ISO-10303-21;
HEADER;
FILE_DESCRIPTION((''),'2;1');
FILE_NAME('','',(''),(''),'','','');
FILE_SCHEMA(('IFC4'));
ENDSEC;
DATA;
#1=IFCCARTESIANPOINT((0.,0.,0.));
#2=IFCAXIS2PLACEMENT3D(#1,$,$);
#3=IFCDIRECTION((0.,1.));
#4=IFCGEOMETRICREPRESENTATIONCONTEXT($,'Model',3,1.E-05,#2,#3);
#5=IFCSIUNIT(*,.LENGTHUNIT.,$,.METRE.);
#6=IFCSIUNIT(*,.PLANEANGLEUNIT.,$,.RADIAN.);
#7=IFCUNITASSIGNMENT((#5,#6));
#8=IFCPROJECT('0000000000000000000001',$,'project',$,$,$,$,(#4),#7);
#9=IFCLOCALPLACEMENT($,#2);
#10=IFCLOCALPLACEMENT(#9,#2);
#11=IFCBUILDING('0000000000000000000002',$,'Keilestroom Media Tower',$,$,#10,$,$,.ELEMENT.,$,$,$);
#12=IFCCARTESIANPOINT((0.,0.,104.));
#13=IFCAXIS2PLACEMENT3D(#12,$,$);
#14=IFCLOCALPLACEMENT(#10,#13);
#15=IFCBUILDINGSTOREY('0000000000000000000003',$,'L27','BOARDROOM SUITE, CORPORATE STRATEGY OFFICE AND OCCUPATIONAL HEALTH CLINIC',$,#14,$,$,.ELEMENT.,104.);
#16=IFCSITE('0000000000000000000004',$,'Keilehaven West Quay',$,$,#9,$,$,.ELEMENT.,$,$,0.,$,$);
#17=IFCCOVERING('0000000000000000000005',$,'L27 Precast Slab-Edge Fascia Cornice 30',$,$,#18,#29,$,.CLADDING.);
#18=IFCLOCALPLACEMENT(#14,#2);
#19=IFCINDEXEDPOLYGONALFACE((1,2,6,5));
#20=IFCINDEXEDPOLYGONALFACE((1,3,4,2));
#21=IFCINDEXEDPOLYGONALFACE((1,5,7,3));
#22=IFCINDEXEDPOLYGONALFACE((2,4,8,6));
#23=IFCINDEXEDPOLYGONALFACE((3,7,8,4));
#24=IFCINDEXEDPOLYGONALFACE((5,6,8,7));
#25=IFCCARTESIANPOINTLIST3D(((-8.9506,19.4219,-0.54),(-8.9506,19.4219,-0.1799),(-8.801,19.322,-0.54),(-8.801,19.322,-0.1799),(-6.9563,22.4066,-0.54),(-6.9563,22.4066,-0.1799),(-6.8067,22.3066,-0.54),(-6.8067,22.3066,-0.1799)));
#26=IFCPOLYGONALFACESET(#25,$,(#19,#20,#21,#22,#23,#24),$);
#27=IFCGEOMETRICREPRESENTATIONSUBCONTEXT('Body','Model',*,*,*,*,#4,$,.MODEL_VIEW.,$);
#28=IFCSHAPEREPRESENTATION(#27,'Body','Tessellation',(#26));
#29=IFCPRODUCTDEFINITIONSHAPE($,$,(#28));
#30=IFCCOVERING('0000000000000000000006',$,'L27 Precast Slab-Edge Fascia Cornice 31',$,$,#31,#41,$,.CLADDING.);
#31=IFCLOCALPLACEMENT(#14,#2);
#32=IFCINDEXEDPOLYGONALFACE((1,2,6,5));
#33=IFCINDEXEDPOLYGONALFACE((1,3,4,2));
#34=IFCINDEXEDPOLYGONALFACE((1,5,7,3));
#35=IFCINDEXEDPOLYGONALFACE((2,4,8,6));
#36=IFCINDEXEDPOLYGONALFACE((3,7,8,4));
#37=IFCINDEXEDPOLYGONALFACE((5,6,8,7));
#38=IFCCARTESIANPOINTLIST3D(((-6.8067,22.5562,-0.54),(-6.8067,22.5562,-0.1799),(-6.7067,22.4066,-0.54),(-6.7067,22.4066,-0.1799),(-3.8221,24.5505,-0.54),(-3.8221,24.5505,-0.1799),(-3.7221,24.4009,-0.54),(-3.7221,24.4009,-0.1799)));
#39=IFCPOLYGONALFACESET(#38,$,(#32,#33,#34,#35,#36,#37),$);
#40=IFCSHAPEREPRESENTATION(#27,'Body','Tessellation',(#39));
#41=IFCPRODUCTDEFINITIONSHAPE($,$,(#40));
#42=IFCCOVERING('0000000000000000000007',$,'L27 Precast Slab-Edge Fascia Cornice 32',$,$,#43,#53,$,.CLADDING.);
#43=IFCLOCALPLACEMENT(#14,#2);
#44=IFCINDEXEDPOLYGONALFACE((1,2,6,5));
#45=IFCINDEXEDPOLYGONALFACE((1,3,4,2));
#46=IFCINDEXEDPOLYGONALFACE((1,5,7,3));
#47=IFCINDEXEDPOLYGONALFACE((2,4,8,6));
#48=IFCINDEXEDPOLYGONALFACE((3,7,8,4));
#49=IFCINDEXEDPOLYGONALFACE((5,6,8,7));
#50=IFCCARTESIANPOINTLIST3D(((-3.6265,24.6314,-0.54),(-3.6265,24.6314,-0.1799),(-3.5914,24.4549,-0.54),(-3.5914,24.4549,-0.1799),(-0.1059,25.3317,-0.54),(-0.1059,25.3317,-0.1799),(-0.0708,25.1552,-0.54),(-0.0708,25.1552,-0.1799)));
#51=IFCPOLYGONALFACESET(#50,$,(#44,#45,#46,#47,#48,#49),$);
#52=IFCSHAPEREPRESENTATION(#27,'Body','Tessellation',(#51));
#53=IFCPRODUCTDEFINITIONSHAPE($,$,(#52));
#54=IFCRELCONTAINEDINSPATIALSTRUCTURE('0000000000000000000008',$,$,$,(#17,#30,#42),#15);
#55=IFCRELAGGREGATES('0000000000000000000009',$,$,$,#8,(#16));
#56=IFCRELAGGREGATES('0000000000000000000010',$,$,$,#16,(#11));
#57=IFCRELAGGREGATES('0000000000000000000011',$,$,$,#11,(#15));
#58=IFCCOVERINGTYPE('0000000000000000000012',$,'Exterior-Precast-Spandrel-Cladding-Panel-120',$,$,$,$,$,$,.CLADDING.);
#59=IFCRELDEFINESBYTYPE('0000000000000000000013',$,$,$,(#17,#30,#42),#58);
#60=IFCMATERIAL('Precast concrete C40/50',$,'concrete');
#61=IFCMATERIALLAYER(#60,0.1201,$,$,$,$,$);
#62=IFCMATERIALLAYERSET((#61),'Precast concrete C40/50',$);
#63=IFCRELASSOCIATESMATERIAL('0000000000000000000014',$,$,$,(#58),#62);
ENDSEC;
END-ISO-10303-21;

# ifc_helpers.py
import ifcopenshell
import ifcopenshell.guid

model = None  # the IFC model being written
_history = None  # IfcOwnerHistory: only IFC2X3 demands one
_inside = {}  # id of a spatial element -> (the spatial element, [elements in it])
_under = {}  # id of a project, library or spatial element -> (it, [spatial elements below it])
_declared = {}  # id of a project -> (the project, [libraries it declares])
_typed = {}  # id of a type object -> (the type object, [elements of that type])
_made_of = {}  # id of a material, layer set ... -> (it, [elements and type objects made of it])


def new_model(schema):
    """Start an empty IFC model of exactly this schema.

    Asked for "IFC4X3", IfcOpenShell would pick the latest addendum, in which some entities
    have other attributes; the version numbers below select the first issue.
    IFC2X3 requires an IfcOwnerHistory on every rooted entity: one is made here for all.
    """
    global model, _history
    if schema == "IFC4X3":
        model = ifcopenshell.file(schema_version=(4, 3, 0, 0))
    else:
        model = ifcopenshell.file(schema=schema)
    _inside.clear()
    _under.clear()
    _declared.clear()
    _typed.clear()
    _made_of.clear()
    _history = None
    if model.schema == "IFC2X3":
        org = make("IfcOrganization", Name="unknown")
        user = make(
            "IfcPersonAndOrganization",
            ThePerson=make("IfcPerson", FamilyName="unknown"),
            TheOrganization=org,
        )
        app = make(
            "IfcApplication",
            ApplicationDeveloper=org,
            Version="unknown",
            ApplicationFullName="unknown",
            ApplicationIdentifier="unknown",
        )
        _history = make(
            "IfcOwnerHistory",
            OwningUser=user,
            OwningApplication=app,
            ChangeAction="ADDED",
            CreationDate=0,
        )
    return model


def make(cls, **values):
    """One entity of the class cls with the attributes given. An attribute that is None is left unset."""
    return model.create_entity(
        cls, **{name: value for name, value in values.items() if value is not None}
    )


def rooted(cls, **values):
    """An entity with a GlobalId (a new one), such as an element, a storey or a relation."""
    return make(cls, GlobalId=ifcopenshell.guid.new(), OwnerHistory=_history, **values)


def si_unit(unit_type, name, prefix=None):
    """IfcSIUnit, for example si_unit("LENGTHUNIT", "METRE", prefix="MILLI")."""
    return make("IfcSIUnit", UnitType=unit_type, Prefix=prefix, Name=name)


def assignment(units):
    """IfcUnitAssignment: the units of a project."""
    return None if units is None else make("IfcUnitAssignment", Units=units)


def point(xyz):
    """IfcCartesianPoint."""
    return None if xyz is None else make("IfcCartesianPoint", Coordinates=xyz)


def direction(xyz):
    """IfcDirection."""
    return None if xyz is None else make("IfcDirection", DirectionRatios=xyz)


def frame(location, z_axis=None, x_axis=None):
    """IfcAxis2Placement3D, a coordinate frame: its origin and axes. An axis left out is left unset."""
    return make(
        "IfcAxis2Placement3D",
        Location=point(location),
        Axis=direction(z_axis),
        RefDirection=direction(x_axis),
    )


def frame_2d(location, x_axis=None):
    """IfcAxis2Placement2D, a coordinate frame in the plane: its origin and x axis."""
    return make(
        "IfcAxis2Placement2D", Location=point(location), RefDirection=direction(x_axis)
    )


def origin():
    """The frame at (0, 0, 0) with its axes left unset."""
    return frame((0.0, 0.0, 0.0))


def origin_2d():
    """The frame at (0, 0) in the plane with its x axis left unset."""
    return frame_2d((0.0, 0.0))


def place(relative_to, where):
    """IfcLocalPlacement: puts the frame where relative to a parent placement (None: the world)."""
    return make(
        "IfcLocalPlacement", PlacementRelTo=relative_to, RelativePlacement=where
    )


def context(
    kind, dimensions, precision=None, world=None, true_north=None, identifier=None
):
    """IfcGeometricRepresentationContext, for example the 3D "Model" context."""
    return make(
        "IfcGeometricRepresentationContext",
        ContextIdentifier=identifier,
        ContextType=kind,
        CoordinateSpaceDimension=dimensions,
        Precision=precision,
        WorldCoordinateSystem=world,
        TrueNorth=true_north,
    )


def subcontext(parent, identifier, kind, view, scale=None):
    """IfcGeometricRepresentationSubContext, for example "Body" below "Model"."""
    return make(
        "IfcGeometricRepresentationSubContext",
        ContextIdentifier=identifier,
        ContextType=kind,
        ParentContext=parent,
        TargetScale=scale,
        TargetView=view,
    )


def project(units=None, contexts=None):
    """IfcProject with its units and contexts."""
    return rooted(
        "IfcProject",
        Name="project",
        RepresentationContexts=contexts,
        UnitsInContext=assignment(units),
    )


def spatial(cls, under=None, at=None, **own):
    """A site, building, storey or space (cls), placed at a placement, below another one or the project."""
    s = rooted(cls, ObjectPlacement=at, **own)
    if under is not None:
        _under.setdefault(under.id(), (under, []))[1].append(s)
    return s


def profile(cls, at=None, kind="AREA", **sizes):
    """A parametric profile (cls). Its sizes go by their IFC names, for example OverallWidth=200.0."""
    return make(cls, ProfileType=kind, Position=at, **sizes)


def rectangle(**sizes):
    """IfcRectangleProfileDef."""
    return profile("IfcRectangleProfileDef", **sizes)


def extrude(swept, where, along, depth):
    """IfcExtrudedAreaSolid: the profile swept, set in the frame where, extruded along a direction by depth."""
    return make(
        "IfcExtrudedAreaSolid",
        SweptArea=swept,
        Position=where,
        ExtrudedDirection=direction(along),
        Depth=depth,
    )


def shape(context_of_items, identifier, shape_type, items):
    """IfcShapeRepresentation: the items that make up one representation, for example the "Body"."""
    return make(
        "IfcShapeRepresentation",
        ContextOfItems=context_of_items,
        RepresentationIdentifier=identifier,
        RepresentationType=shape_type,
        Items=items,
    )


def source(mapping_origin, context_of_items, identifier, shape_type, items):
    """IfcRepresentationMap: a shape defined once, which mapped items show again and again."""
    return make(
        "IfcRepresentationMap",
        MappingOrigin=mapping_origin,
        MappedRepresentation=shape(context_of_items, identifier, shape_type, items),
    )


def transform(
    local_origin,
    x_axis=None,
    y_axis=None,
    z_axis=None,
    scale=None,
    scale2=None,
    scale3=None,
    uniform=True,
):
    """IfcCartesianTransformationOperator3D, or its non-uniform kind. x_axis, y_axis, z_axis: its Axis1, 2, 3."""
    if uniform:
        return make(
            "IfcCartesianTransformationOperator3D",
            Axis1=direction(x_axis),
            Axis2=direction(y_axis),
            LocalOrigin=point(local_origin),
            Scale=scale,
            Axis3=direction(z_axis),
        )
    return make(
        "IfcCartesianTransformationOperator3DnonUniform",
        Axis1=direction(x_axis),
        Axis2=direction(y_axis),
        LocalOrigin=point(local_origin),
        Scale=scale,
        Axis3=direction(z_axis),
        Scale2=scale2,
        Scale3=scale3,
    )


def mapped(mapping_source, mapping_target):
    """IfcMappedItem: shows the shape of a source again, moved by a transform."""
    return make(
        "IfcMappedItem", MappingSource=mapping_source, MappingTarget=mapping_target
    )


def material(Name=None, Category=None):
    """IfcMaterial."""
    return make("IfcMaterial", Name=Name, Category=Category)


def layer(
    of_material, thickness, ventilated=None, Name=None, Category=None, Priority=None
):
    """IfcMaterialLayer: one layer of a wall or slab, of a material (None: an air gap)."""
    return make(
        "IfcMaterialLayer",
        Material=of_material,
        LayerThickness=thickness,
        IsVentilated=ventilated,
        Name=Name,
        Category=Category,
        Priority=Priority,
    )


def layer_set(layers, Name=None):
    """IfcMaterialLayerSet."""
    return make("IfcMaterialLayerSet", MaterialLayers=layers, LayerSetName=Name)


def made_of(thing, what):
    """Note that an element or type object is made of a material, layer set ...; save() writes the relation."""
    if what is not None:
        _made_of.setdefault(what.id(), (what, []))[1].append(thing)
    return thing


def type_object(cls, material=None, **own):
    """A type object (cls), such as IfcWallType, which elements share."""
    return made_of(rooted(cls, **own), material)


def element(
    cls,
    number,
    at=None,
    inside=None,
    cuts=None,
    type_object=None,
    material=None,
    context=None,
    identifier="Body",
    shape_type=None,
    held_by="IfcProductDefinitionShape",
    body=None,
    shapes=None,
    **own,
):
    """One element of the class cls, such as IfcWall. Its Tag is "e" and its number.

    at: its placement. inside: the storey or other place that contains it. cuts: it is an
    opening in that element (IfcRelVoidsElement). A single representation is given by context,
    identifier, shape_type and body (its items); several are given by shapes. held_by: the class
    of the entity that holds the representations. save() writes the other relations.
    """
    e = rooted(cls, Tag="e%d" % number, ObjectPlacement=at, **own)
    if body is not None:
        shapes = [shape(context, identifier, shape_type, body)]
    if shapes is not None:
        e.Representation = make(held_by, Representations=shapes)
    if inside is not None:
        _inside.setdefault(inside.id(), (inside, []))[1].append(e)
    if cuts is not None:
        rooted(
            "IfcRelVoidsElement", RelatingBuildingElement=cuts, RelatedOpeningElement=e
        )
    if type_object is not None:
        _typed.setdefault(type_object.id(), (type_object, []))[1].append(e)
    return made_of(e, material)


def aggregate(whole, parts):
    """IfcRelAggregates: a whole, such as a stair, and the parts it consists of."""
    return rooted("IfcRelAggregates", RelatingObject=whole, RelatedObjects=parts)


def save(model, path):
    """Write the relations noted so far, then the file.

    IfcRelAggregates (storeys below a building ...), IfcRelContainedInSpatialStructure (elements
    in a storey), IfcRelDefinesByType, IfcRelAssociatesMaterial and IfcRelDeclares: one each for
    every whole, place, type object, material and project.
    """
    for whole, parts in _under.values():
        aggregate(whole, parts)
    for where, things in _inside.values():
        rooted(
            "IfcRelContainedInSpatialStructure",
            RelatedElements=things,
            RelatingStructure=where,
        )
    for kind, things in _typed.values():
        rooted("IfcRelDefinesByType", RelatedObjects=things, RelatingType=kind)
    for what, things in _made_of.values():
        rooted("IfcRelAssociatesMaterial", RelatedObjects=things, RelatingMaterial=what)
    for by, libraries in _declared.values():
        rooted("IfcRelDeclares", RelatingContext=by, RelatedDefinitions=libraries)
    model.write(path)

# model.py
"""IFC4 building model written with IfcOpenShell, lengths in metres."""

from ifc_helpers import new_model, si_unit, direction, frame, origin, origin_2d, place, context, subcontext, project, spatial, rectangle, extrude, source, transform, mapped, material, layer, layer_set, type_object, element, save


model = new_model("IFC4")

# Units and contexts
model_context = context("Model", 3, precision=1e-05, world=origin(), true_north=direction((0.0, 1.0)))
body_context = subcontext(model_context, "Body", "Model", "MODEL_VIEW")
ifc_project = project(units=[si_unit("LENGTHUNIT", "METRE"), si_unit("PLANEANGLEUNIT", "RADIAN")], contexts=[model_context])

# Site, building, storey
site_placement = place(None, origin())
site = spatial("IfcSite", under=ifc_project, at=site_placement, Name="Keilehaven West Quay", CompositionType="ELEMENT", RefElevation=0.0)
building_placement = place(site_placement, origin())
building = spatial("IfcBuilding", under=site, at=building_placement, Name="Keilestroom Media Tower", CompositionType="ELEMENT")
storey_placement = place(building_placement, frame((0.0, 0.0, 104.0)))
storey = spatial("IfcBuildingStorey", under=building, at=storey_placement, Name="L27", Description="BOARDROOM SUITE, CORPORATE STRATEGY OFFICE AND OCCUPATIONAL HEALTH CLINIC", CompositionType="ELEMENT", Elevation=104.0)

# Shared definitions
ifc_material_1 = material(Name="Precast concrete C40/50", Category="concrete")

# Coverings
ifc_layer_1 = layer(ifc_material_1, 0.1201)
ifc_layer_set_1 = layer_set([ifc_layer_1], Name="Precast concrete C40/50")
covering_type = type_object("IfcCoveringType", Name="Exterior-Precast-Spandrel-Cladding-Panel-120", PredefinedType="CLADDING", material=ifc_layer_set_1)
shared_shape_1 = source(origin(), body_context, "Body", "SweptSolid", [
    extrude(rectangle(XDim=3.5896, YDim=0.1799, at=origin_2d()), origin(), (0.0, 0.0, 1.0), 0.3601),
])
for number, where, z_axis, x_axis, name in (
    (1, (-7.8787, 20.8643, -0.54), (0.0, 0.0, 1.0), (0.555575, 0.831467, 0.0), "L27 Precast Slab-Edge Fascia Cornice 30"),
    (2, (-5.2644, 23.4785, -0.54), (0.0, 0.0, 1.0), (0.831467, 0.555575, 0.0), "L27 Precast Slab-Edge Fascia Cornice 31"),
    (3, (-1.8486, 24.8933, -0.54), (0.0, 0.0, 1.0), (0.980784, 0.195099, 0.0), "L27 Precast Slab-Edge Fascia Cornice 32"),
):
    element("IfcCovering", number, at=place(storey_placement, frame(where, z_axis=z_axis, x_axis=x_axis)), inside=storey, type_object=covering_type, Name=name, PredefinedType="CLADDING", context=body_context, shape_type="MappedRepresentation", body=[
        mapped(shared_shape_1, transform((0.0, 0.0, 0.0), x_axis=(1.0, 0.0, 0.0), y_axis=(0.0, 1.0, 0.0), z_axis=(0.0, 0.0, 1.0), scale=1.0)),
    ])

save(model, "model.ifc")
